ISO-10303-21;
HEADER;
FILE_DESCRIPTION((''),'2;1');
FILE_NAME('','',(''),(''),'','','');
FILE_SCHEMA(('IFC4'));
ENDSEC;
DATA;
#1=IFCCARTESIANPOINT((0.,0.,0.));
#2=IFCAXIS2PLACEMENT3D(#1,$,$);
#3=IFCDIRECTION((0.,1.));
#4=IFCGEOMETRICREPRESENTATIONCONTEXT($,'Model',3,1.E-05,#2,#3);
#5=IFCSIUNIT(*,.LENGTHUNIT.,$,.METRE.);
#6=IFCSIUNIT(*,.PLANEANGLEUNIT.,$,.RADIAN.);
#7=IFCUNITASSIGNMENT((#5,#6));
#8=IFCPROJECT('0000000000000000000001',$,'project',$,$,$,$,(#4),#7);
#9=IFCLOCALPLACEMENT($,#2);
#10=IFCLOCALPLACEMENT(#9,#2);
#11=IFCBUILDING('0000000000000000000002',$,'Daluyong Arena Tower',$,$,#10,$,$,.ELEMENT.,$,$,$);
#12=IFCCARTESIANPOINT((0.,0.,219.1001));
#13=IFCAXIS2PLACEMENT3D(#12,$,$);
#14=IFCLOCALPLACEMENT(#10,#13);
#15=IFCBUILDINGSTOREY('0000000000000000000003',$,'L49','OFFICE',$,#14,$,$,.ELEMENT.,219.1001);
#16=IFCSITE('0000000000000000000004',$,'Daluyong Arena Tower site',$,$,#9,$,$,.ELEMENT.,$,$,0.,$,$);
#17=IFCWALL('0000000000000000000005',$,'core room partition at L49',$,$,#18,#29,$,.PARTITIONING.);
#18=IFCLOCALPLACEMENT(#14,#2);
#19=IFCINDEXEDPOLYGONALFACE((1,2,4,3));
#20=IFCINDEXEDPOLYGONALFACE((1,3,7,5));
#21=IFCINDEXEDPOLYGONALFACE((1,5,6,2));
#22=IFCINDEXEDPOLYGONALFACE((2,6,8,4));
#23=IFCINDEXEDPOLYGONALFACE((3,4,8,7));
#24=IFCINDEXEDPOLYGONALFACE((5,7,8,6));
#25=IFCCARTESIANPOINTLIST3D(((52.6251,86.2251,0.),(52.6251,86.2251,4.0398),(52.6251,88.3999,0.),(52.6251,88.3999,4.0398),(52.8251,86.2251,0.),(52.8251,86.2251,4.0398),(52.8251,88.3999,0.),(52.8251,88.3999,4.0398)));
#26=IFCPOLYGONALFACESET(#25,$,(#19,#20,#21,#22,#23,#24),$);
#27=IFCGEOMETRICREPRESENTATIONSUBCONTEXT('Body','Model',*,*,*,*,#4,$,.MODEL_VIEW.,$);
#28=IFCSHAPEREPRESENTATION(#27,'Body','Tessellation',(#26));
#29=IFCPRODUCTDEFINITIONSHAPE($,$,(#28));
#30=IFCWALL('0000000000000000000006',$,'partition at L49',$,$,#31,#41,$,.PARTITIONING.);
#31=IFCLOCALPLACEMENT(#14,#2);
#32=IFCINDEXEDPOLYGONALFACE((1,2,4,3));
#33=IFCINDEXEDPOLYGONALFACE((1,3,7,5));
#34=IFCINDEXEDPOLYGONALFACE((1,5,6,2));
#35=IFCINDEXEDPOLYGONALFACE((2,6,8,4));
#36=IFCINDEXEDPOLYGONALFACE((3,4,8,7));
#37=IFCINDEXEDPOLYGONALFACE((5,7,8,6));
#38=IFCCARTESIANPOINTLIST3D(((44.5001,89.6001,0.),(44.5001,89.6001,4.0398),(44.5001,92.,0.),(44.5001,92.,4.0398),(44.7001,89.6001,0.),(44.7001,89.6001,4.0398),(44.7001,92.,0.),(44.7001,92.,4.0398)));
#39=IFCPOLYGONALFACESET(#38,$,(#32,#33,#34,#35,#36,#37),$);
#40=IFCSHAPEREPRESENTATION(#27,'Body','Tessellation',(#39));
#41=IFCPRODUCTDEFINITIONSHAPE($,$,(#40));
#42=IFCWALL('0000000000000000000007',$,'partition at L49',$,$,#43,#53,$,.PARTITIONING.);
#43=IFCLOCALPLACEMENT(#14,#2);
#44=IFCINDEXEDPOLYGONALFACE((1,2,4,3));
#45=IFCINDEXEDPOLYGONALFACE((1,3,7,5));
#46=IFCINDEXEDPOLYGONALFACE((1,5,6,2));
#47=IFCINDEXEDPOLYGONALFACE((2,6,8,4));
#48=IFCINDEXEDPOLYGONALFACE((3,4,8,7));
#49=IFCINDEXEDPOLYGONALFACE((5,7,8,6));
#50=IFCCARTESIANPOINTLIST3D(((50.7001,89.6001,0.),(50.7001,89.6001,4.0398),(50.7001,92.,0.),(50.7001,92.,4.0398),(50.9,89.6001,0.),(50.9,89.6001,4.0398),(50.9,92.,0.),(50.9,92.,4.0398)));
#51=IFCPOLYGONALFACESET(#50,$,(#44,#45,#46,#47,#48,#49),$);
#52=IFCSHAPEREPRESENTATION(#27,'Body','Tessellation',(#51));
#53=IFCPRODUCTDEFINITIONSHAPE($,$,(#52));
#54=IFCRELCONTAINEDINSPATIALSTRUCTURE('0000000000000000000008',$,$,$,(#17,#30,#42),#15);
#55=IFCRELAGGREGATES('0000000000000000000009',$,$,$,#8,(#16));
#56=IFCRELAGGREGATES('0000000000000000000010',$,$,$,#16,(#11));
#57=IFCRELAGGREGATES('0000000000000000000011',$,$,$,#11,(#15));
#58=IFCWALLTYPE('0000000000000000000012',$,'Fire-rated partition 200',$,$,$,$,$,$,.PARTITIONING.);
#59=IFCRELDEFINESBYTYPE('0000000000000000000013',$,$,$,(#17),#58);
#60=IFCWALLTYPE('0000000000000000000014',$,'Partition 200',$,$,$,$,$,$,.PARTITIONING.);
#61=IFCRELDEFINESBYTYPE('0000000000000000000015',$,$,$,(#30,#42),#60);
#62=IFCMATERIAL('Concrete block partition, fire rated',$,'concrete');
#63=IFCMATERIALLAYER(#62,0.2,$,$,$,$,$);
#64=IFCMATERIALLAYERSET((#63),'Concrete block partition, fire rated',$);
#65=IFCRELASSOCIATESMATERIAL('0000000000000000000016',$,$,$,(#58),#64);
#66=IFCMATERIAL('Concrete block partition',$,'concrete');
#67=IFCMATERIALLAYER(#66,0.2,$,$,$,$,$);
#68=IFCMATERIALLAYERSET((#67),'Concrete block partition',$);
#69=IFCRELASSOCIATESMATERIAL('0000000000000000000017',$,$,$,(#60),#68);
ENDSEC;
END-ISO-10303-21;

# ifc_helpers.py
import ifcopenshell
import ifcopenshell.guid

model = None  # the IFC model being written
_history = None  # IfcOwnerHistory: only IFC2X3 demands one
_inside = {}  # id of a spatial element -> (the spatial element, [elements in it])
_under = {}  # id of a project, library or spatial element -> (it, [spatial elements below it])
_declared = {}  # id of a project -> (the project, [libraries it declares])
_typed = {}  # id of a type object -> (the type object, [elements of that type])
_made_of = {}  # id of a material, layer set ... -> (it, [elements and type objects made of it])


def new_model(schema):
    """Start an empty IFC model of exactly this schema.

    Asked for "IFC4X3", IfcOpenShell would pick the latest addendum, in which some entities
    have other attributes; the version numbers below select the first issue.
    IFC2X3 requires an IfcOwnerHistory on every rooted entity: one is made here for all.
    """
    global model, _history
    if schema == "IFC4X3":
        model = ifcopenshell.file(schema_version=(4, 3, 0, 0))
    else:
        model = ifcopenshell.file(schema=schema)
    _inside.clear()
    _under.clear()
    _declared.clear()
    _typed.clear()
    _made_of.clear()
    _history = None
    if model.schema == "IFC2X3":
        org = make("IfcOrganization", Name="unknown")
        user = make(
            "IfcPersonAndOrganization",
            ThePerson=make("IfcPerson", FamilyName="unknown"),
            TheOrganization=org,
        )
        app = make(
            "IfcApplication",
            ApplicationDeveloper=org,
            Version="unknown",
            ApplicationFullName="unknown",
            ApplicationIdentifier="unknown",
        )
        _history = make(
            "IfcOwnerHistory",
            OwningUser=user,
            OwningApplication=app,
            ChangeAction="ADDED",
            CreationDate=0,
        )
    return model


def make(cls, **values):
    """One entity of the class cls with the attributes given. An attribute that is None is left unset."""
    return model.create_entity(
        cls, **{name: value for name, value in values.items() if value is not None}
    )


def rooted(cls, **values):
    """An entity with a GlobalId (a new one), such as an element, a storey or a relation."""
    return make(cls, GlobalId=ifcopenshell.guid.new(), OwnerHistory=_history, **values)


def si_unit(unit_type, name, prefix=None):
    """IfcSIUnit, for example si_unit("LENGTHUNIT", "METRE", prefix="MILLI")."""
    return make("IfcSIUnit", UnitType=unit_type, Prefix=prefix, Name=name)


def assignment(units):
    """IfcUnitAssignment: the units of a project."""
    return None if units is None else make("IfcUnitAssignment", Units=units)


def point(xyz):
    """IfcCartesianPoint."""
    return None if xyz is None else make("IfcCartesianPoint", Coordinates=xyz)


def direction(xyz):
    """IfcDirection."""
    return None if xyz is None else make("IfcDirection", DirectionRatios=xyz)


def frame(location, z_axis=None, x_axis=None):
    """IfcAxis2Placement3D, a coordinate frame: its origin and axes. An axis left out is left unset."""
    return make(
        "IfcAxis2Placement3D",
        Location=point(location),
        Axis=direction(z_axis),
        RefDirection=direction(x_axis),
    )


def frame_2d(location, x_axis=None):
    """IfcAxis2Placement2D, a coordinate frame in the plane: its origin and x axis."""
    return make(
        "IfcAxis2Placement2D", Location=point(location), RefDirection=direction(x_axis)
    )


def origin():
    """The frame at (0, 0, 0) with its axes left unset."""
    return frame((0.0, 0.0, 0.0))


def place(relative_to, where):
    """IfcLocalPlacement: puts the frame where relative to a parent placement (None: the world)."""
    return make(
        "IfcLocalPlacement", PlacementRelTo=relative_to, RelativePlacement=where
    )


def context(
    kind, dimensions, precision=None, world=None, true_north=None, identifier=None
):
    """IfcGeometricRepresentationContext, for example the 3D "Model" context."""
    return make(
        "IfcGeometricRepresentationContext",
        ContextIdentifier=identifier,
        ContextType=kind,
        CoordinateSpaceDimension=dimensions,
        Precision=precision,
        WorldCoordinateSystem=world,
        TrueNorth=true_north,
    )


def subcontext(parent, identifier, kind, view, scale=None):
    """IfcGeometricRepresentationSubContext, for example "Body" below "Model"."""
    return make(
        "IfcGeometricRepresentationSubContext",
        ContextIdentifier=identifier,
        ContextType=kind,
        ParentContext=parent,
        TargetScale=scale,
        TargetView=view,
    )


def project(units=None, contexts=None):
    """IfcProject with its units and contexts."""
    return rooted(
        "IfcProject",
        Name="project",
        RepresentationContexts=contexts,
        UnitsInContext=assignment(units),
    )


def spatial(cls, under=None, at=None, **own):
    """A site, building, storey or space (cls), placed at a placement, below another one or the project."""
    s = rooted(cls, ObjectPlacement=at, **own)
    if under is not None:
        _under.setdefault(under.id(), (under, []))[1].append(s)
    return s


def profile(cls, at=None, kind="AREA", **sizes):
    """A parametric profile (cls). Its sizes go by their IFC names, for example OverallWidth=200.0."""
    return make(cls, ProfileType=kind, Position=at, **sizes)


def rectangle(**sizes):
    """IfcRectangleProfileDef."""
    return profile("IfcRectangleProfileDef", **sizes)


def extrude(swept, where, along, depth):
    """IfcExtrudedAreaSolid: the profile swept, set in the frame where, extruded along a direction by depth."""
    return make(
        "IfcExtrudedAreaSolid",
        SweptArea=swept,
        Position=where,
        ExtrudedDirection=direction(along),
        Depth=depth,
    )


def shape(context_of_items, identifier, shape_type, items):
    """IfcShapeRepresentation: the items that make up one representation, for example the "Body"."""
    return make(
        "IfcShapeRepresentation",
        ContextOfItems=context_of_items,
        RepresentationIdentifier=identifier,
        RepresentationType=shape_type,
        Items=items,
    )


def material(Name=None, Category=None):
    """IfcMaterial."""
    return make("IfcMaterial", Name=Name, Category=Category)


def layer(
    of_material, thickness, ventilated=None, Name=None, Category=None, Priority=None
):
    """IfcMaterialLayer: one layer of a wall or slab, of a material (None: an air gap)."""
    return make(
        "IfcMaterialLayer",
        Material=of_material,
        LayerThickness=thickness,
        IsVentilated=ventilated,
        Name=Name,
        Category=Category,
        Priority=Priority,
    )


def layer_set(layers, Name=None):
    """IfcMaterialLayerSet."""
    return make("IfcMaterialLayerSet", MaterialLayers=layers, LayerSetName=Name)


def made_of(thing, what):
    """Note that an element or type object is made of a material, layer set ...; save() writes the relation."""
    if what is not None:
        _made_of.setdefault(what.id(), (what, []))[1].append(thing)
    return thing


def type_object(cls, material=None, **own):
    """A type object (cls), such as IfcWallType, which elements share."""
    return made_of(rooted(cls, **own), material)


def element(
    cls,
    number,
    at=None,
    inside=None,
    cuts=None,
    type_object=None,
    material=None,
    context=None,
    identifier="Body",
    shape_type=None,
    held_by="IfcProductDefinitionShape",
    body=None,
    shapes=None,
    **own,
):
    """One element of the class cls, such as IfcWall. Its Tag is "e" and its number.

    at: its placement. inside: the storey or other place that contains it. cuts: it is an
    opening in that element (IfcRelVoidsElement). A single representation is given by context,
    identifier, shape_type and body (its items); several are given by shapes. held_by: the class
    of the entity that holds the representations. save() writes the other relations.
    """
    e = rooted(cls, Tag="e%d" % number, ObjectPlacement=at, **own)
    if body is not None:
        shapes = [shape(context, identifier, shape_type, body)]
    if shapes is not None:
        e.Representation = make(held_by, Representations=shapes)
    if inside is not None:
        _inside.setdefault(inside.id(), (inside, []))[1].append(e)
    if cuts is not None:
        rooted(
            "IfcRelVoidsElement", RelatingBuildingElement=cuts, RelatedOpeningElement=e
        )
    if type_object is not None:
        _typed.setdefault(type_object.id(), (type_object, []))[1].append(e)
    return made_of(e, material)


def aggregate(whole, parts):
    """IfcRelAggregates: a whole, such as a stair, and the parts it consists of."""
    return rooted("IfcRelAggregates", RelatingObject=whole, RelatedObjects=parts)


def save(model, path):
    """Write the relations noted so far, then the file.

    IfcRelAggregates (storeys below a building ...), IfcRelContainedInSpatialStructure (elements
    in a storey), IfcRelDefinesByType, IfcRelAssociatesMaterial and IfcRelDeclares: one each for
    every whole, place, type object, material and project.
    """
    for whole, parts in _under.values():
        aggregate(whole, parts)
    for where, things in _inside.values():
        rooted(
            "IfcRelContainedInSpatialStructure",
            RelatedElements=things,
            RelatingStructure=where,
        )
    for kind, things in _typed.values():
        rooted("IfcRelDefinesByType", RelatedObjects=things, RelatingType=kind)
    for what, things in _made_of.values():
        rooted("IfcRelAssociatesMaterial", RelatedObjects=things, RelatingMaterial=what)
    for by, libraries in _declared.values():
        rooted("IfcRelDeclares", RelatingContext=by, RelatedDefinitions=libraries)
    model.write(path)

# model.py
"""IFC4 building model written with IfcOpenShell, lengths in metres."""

from ifc_helpers import new_model, si_unit, direction, frame, frame_2d, origin, place, context, subcontext, project, spatial, rectangle, extrude, material, layer, layer_set, type_object, element, save


model = new_model("IFC4")

# Units and contexts
model_context = context("Model", 3, precision=1e-05, world=origin(), true_north=direction((0.0, 1.0)))
body_context = subcontext(model_context, "Body", "Model", "MODEL_VIEW")
ifc_project = project(units=[si_unit("LENGTHUNIT", "METRE"), si_unit("PLANEANGLEUNIT", "RADIAN")], contexts=[model_context])

# Site, building, storey
site_placement = place(None, origin())
site = spatial("IfcSite", under=ifc_project, at=site_placement, Name="Daluyong Arena Tower site", CompositionType="ELEMENT", RefElevation=0.0)
building_placement = place(site_placement, origin())
building = spatial("IfcBuilding", under=site, at=building_placement, Name="Daluyong Arena Tower", CompositionType="ELEMENT")
storey_placement = place(building_placement, frame((0.0, 0.0, 219.1001)))
storey = spatial("IfcBuildingStorey", under=building, at=storey_placement, Name="L49", Description="OFFICE", CompositionType="ELEMENT", Elevation=219.1001)

# Walls
ifc_material_1 = material(Name="Concrete block partition, fire rated", Category="concrete")
ifc_layer_1 = layer(ifc_material_1, 0.2)
ifc_layer_set_1 = layer_set([ifc_layer_1], Name="Concrete block partition, fire rated")
wall_type_1 = type_object("IfcWallType", Name="Fire-rated partition 200", PredefinedType="PARTITIONING", material=ifc_layer_set_1)
wall_1_placement = place(storey_placement, frame((52.7251, 86.2251, 0.0), z_axis=(0.0, 0.0, 1.0), x_axis=(0.0, 1.0, 0.0)))
element("IfcWall", 1, at=wall_1_placement, inside=storey, type_object=wall_type_1, Name="core room partition at L49", PredefinedType="PARTITIONING", context=body_context, shape_type="SweptSolid", body=[
    extrude(rectangle(XDim=2.1748, YDim=0.2, at=frame_2d((1.0874, 0.0))), origin(), (0.0, 0.0, 1.0), 4.0398),
])
ifc_material_2 = material(Name="Concrete block partition", Category="concrete")
ifc_layer_2 = layer(ifc_material_2, 0.2)
ifc_layer_set_2 = layer_set([ifc_layer_2], Name="Concrete block partition")
wall_type_2 = type_object("IfcWallType", Name="Partition 200", PredefinedType="PARTITIONING", material=ifc_layer_set_2)
for number, where, z_axis, x_axis, name in (
    (2, (44.6001, 89.6001, 0.0), (0.0, 0.0, 1.0), (0.0, 1.0, 0.0), "partition at L49"),
    (3, (50.8, 89.6001, 0.0), (0.0, 0.0, 1.0), (0.0, 1.0, 0.0), "partition at L49"),
):
    element("IfcWall", number, at=place(storey_placement, frame(where, z_axis=z_axis, x_axis=x_axis)), inside=storey, type_object=wall_type_2, Name=name, PredefinedType="PARTITIONING", context=body_context, shape_type="SweptSolid", body=[
        extrude(rectangle(XDim=2.3999, YDim=0.2, at=frame_2d((1.2, 0.0))), origin(), (0.0, 0.0, 1.0), 4.0398),
    ])

save(model, "model.ifc")
